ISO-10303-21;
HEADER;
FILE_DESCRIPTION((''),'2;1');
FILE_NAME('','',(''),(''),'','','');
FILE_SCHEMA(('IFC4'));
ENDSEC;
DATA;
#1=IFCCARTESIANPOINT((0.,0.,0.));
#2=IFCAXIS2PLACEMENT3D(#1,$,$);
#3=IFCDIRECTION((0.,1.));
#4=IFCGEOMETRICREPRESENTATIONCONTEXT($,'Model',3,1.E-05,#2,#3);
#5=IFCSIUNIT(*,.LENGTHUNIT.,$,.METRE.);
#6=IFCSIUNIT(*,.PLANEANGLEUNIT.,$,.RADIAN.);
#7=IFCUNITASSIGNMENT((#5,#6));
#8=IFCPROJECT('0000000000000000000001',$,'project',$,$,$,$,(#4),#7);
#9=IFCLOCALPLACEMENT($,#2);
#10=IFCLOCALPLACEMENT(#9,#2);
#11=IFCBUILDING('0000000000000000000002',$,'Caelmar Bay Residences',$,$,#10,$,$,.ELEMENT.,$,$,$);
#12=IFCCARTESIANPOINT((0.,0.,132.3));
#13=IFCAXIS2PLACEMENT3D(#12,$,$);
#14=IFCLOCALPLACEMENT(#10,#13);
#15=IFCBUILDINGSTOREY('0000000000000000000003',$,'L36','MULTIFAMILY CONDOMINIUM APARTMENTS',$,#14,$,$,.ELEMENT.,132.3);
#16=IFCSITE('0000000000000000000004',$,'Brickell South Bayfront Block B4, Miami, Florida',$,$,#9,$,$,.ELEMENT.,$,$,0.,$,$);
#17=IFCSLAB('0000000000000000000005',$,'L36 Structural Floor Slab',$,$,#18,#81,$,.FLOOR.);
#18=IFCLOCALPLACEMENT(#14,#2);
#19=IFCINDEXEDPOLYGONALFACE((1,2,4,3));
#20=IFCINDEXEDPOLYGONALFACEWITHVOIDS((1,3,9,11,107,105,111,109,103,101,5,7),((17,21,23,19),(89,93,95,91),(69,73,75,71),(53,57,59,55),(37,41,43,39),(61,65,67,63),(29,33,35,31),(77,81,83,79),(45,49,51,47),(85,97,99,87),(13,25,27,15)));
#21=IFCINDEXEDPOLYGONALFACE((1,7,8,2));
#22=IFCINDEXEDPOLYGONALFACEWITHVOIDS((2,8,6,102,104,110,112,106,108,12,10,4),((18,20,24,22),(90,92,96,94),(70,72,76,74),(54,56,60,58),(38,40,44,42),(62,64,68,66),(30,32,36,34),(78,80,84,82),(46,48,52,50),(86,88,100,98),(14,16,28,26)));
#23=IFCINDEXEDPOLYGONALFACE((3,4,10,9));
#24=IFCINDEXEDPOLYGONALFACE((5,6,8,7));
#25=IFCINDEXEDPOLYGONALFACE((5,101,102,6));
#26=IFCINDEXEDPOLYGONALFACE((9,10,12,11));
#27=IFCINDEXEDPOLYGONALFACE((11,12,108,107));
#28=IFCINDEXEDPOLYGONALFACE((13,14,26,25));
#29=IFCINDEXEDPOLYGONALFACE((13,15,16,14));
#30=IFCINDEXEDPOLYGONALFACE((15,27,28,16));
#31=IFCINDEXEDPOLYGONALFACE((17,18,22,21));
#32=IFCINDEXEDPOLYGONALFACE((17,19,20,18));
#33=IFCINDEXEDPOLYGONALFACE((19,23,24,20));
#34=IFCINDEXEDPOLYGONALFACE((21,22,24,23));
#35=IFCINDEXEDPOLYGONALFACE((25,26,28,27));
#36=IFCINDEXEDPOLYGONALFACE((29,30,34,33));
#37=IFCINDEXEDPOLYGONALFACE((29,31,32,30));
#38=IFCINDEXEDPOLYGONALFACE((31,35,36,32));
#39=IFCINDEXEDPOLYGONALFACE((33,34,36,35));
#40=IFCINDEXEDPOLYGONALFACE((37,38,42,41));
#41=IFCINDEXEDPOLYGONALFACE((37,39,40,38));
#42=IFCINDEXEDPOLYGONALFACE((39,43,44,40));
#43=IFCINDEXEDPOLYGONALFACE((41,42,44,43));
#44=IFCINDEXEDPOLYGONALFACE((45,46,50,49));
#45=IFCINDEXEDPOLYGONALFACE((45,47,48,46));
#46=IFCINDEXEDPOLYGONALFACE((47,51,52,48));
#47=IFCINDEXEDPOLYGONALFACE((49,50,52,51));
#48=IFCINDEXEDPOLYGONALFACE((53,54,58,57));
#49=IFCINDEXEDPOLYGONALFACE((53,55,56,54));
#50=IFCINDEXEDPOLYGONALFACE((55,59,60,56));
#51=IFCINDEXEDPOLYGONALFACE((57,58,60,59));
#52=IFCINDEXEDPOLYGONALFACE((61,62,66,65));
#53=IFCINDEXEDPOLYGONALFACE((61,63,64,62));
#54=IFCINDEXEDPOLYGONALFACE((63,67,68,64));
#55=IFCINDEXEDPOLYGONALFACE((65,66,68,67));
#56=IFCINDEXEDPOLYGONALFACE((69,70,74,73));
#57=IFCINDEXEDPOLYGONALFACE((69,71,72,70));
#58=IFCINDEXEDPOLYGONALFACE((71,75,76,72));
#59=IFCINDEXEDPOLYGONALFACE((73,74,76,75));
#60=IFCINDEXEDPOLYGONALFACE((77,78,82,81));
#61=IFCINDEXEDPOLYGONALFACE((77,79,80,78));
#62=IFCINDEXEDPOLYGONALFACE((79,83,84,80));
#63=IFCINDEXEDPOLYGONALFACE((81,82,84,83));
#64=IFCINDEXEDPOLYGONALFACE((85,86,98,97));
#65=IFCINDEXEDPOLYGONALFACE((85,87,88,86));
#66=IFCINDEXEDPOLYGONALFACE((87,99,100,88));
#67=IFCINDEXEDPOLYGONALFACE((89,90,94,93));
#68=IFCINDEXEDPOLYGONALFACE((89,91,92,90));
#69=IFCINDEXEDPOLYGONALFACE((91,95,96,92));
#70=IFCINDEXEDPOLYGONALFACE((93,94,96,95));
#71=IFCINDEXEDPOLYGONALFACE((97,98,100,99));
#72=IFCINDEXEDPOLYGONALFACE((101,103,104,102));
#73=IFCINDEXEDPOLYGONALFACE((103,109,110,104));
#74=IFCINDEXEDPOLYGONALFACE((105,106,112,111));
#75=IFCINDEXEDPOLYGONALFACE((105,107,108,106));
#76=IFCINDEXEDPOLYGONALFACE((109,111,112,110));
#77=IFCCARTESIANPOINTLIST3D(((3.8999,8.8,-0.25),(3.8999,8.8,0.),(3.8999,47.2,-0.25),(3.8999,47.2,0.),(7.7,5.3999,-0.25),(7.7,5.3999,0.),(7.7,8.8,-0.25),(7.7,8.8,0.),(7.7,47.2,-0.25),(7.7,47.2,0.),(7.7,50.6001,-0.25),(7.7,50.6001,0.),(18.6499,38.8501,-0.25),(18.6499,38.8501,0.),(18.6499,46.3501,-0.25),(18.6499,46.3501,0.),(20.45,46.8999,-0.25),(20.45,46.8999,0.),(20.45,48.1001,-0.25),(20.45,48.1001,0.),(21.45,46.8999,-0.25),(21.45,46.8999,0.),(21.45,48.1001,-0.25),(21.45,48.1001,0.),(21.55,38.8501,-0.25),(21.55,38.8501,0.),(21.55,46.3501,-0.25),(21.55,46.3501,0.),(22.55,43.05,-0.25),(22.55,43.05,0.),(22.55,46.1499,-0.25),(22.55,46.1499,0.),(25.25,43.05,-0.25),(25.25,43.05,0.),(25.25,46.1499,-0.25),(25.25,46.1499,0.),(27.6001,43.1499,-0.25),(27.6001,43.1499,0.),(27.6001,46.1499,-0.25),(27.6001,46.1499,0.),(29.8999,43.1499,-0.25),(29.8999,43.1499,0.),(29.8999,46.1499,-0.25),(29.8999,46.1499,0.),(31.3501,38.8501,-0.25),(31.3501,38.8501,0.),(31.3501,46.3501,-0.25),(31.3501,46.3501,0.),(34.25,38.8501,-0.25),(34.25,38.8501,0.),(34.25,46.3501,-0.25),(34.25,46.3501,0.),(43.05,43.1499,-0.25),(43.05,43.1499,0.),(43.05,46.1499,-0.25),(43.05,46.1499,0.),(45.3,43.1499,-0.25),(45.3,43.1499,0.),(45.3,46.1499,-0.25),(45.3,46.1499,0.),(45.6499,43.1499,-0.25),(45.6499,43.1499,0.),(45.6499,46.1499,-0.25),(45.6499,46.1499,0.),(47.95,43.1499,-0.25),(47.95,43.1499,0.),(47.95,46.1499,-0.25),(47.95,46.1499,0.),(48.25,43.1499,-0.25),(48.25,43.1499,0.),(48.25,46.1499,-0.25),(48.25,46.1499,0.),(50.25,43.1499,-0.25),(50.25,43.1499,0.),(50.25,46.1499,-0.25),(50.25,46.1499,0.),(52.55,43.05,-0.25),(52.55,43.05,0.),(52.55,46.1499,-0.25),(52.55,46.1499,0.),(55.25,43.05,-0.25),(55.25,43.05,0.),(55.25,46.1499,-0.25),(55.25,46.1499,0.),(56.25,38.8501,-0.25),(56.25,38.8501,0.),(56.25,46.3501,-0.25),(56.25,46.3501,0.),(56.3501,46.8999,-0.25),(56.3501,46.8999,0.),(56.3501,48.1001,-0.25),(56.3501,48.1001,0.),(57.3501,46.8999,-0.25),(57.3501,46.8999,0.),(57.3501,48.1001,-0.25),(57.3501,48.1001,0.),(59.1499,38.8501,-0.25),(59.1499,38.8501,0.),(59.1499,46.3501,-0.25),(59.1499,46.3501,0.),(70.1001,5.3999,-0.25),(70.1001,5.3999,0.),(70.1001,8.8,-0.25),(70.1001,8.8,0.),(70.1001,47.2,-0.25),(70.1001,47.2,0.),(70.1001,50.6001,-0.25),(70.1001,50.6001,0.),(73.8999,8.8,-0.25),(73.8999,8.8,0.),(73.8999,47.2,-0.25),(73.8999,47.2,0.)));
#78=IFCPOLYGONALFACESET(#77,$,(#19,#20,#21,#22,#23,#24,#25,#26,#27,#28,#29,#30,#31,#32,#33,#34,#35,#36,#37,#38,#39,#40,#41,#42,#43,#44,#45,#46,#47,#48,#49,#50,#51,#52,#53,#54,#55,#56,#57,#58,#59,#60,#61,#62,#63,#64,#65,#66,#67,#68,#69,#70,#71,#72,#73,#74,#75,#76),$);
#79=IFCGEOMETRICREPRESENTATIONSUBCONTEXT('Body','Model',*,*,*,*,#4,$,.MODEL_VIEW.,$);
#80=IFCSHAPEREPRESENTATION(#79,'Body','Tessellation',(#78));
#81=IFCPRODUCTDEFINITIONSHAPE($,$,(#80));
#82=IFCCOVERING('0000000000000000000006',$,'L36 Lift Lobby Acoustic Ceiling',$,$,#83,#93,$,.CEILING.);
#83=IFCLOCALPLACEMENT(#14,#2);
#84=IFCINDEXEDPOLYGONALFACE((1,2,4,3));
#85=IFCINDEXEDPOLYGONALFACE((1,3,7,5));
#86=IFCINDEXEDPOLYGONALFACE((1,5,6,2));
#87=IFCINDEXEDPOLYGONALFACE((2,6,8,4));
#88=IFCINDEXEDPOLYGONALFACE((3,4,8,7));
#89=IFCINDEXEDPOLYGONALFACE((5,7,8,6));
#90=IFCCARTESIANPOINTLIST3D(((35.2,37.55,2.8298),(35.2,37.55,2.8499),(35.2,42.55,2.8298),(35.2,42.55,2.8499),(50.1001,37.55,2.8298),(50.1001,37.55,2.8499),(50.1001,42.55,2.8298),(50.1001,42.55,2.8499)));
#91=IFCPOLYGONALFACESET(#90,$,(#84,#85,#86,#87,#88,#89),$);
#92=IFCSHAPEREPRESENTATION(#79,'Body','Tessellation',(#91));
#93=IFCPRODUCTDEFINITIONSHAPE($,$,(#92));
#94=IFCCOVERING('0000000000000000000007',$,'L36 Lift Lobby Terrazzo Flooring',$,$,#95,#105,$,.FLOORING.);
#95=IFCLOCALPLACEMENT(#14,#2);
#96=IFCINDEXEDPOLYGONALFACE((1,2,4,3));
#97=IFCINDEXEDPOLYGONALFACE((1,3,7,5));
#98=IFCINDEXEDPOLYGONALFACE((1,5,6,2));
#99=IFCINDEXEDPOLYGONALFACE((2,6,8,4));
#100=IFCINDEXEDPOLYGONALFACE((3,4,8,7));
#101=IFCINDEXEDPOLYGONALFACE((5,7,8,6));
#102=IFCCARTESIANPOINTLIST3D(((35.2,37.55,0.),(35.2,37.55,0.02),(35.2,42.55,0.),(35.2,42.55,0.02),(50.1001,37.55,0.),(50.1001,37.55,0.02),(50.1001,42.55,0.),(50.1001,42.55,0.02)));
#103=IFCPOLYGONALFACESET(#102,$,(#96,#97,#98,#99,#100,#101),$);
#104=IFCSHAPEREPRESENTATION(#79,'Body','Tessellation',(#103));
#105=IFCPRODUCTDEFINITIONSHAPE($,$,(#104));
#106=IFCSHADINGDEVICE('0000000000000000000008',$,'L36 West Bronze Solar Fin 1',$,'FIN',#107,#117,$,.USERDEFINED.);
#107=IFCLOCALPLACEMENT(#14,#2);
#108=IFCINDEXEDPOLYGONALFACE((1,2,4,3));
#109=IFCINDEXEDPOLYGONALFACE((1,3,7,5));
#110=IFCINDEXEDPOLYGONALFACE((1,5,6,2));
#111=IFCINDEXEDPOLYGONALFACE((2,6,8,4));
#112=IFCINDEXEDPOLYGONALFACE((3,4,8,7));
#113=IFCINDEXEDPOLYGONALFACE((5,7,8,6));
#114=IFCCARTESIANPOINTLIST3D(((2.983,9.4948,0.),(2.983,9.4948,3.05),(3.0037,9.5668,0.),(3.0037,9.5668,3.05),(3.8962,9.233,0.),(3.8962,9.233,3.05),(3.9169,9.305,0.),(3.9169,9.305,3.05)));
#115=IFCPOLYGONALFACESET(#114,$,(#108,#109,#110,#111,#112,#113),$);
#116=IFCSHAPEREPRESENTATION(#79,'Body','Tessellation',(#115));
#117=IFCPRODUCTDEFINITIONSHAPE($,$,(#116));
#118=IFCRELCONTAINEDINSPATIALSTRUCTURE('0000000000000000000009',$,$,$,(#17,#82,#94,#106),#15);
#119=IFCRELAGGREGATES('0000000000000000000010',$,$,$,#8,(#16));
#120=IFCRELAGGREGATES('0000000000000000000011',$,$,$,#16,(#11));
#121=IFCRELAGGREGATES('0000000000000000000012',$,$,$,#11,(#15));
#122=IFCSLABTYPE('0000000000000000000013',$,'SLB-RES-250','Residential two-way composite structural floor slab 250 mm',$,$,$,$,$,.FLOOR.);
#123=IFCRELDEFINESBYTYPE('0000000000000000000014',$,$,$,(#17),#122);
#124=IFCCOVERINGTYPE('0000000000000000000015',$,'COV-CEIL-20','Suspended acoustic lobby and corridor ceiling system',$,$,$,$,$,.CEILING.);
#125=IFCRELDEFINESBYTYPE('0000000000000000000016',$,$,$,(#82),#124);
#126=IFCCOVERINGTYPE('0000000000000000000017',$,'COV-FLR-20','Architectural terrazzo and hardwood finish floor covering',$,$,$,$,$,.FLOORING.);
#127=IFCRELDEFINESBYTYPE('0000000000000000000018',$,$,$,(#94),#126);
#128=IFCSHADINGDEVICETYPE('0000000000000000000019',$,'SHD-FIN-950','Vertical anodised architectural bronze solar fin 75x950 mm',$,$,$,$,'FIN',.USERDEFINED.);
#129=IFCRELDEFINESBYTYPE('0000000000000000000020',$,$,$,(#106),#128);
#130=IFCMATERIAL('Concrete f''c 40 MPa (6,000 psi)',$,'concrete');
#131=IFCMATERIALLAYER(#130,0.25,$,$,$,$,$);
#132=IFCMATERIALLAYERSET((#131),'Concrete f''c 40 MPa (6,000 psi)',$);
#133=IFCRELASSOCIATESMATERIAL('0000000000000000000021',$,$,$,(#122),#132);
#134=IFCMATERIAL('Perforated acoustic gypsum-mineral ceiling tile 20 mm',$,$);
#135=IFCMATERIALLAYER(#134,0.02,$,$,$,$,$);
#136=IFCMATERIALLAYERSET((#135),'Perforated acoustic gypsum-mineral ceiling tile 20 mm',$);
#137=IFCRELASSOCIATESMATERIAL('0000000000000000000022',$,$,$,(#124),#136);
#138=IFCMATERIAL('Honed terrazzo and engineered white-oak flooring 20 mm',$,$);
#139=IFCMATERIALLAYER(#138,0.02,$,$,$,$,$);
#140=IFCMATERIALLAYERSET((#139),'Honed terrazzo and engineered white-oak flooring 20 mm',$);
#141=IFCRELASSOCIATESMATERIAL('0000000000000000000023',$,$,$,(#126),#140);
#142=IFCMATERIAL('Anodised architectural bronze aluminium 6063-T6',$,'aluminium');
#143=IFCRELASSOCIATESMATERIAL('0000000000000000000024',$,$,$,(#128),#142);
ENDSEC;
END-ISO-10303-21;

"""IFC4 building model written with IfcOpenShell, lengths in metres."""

from ifc_helpers import new_model, si_unit, direction, frame, origin, origin_2d, place, context, subcontext, project, spatial, polyline, rectangle, outline, extrude, material, layer, layer_set, material_profile, profile_set, type_object, element, save


model = new_model("IFC4")

# Units and contexts
model_context = context("Model", 3, precision=1e-05, world=origin(), true_north=direction((0.0, 1.0)))
body_context = subcontext(model_context, "Body", "Model", "MODEL_VIEW")
ifc_project = project(units=[si_unit("LENGTHUNIT", "METRE"), si_unit("PLANEANGLEUNIT", "RADIAN")], contexts=[model_context])

# Site, building, storey
site_placement = place(None, origin())
site = spatial("IfcSite", under=ifc_project, at=site_placement, Name="Brickell South Bayfront Block B4, Miami, Florida", CompositionType="ELEMENT", RefElevation=0.0)
building_placement = place(site_placement, origin())
building = spatial("IfcBuilding", under=site, at=building_placement, Name="Caelmar Bay Residences", CompositionType="ELEMENT")
storey_placement = place(building_placement, frame((0.0, 0.0, 132.3)))
storey = spatial("IfcBuildingStorey", under=building, at=storey_placement, Name="L36", Description="MULTIFAMILY CONDOMINIUM APARTMENTS", CompositionType="ELEMENT", Elevation=132.3)

# Shared definitions
ifc_material_1 = material(Name="Concrete f'c 40 MPa (6,000 psi)", Category="concrete")

# Slab
ifc_layer_1 = layer(ifc_material_1, 0.25)
ifc_layer_set_1 = layer_set([ifc_layer_1], Name="Concrete f'c 40 MPa (6,000 psi)")
slab_type_1 = type_object("IfcSlabType", Name="SLB-RES-250", Description="Residential two-way composite structural floor slab 250 mm", PredefinedType="FLOOR", material=ifc_layer_set_1)
slab_1_placement = place(storey_placement, frame((0.0, 0.0, -0.25)))
element("IfcSlab", 1, at=slab_1_placement, inside=storey, type_object=slab_type_1, Name="L36 Structural Floor Slab", PredefinedType="FLOOR", context=body_context, shape_type="SweptSolid", body=[
    extrude(outline(polyline([(7.7, 5.3999), (70.1001, 5.3999), (70.1001, 8.8), (73.8999, 8.8), (73.8999, 47.2), (70.1001, 47.2), (70.1001, 50.6001), (7.7, 50.6001), (7.7, 47.2), (3.8999, 47.2), (3.8999, 8.8), (7.7, 8.8), (7.7, 5.3999)]), holes=[polyline([(18.6499, 38.8501), (21.55, 38.8501), (21.55, 46.3501), (18.6499, 46.3501), (18.6499, 38.8501)]), polyline([(56.25, 38.8501), (59.1499, 38.8501), (59.1499, 46.3501), (56.25, 46.3501), (56.25, 38.8501)]), polyline([(31.3501, 38.8501), (34.25, 38.8501), (34.25, 46.3501), (31.3501, 46.3501), (31.3501, 38.8501)]), polyline([(22.55, 43.05), (25.25, 43.05), (25.25, 46.1499), (22.55, 46.1499), (22.55, 43.05)]), polyline([(52.55, 43.05), (55.25, 43.05), (55.25, 46.1499), (52.55, 46.1499), (52.55, 43.05)]), polyline([(43.05, 43.1499), (45.3, 43.1499), (45.3, 46.1499), (43.05, 46.1499), (43.05, 43.1499)]), polyline([(45.6499, 43.1499), (47.95, 43.1499), (47.95, 46.1499), (45.6499, 46.1499), (45.6499, 43.1499)]), polyline([(48.25, 43.1499), (50.25, 43.1499), (50.25, 46.1499), (48.25, 46.1499), (48.25, 43.1499)]), polyline([(27.6001, 43.1499), (29.8999, 43.1499), (29.8999, 46.1499), (27.6001, 46.1499), (27.6001, 43.1499)]), polyline([(20.45, 46.8999), (21.45, 46.8999), (21.45, 48.1001), (20.45, 48.1001), (20.45, 46.8999)]), polyline([(56.3501, 46.8999), (57.3501, 46.8999), (57.3501, 48.1001), (56.3501, 48.1001), (56.3501, 46.8999)])]), origin(), (0.0, 0.0, 1.0), 0.25),
])

# Coverings
ifc_material_2 = material(Name="Perforated acoustic gypsum-mineral ceiling tile 20 mm")
ifc_layer_2 = layer(ifc_material_2, 0.02)
ifc_layer_set_2 = layer_set([ifc_layer_2], Name="Perforated acoustic gypsum-mineral ceiling tile 20 mm")
covering_type_1 = type_object("IfcCoveringType", Name="COV-CEIL-20", Description="Suspended acoustic lobby and corridor ceiling system", PredefinedType="CEILING", material=ifc_layer_set_2)
covering_1_placement = place(storey_placement, frame((0.0, 0.0, 2.8298)))
element("IfcCovering", 2, at=covering_1_placement, inside=storey, type_object=covering_type_1, Name="L36 Lift Lobby Acoustic Ceiling", PredefinedType="CEILING", context=body_context, shape_type="SweptSolid", body=[
    extrude(outline(polyline([(35.2, 37.55), (50.1001, 37.55), (50.1001, 42.55), (35.2, 42.55), (35.2, 37.55)])), origin(), (0.0, 0.0, 1.0), 0.02),
])
ifc_material_3 = material(Name="Honed terrazzo and engineered white-oak flooring 20 mm")
ifc_layer_3 = layer(ifc_material_3, 0.02)
ifc_layer_set_3 = layer_set([ifc_layer_3], Name="Honed terrazzo and engineered white-oak flooring 20 mm")
covering_type_2 = type_object("IfcCoveringType", Name="COV-FLR-20", Description="Architectural terrazzo and hardwood finish floor covering", PredefinedType="FLOORING", material=ifc_layer_set_3)
covering_2_placement = place(storey_placement, origin())
element("IfcCovering", 3, at=covering_2_placement, inside=storey, type_object=covering_type_2, Name="L36 Lift Lobby Terrazzo Flooring", PredefinedType="FLOORING", context=body_context, shape_type="SweptSolid", body=[
    extrude(outline(polyline([(35.2, 37.55), (50.1001, 37.55), (50.1001, 42.55), (35.2, 42.55), (35.2, 37.55)])), origin(), (0.0, 0.0, 1.0), 0.02),
])

# Shading device
ifc_material_4 = material(Name="Anodised architectural bronze aluminium 6063-T6", Category="aluminium")
ifc_material_profile_1 = material_profile(ifc_material_4, rectangle(XDim=0.075, YDim=0.95, at=origin_2d()), Name="BRONZE-FIN-75X950")
ifc_profile_set_1 = profile_set([ifc_material_profile_1], Name="Anodised architectural bronze aluminium 6063-T6")
shading_device_type = type_object("IfcShadingDeviceType", Name="SHD-FIN-950", Description="Vertical anodised architectural bronze solar fin 75x950 mm", ElementType="FIN", PredefinedType="USERDEFINED", material=ifc_profile_set_1)
shading_device_placement = place(storey_placement, frame((3.45, 9.3999, 0.0), z_axis=(0.0, 0.0, 1.0), x_axis=(0.275637, 0.961262, 0.0)))
element("IfcShadingDevice", 4, at=shading_device_placement, inside=storey, type_object=shading_device_type, Name="L36 West Bronze Solar Fin 1", ObjectType="FIN", PredefinedType="USERDEFINED", context=body_context, shape_type="SweptSolid", body=[
    extrude(rectangle(XDim=0.075, YDim=0.95, at=origin_2d()), origin(), (0.0, 0.0, 1.0), 3.05),
])

save(model, "model.ifc")
